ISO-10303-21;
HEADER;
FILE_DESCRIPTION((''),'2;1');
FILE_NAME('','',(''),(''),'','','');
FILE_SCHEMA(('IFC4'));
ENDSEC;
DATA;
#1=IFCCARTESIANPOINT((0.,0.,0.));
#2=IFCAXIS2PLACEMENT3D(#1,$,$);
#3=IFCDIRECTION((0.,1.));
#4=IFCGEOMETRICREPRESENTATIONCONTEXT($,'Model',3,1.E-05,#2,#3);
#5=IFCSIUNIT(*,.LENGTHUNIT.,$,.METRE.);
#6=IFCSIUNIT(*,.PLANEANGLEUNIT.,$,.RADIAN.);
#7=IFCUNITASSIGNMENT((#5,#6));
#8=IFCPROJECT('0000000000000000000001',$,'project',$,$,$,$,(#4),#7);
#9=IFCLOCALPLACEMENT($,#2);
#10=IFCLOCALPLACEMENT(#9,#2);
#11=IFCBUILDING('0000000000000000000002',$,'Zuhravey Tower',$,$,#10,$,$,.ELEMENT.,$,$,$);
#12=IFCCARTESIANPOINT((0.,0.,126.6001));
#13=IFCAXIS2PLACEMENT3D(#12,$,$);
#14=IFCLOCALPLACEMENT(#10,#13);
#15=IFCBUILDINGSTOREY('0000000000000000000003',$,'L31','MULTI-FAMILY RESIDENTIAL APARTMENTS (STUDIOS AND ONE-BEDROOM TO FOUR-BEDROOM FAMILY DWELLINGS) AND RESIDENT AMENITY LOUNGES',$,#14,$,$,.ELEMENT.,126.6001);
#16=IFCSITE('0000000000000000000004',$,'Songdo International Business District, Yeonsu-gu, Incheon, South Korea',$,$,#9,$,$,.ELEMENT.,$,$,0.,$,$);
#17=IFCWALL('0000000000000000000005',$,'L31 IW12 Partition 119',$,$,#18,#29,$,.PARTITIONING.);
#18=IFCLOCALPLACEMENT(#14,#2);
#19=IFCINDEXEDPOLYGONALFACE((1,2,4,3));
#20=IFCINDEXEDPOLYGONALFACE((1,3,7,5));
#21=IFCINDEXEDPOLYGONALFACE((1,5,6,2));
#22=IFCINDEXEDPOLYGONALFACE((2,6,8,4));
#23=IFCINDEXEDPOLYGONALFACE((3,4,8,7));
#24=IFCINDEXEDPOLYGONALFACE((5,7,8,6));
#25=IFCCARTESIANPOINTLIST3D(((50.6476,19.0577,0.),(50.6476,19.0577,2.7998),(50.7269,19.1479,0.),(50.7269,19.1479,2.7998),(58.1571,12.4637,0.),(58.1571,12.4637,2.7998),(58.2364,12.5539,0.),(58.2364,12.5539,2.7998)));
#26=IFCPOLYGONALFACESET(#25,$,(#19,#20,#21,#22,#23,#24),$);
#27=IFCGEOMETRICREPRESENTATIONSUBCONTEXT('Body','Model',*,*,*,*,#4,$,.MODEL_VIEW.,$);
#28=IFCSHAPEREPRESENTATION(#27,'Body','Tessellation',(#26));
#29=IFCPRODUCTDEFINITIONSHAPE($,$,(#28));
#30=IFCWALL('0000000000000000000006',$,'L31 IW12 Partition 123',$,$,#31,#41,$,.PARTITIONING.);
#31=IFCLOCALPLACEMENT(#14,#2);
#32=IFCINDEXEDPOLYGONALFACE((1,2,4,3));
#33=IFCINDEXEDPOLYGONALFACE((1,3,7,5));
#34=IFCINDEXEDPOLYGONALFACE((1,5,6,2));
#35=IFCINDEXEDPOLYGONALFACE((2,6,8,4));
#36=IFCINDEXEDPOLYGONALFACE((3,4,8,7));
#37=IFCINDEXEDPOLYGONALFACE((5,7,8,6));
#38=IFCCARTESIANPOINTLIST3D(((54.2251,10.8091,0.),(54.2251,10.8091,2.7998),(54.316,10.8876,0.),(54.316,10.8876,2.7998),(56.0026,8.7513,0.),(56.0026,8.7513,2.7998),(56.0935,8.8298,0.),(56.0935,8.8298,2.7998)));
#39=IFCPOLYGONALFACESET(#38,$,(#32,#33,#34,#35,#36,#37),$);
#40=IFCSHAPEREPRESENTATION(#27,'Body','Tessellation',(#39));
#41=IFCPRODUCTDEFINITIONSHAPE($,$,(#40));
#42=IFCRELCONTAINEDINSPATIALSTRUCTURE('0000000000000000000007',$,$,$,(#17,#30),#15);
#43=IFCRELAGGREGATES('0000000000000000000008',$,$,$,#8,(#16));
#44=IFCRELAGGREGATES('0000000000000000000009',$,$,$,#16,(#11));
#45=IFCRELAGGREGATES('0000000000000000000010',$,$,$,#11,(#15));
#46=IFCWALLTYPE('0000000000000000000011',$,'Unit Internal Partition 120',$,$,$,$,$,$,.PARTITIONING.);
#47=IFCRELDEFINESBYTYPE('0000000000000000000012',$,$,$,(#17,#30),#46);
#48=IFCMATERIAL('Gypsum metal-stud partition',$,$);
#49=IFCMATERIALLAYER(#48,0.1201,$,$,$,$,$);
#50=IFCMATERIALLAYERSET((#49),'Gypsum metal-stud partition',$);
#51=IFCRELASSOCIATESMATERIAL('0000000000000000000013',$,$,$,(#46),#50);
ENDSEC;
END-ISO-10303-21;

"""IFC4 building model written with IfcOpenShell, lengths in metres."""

from ifc_helpers import new_model, si_unit, direction, frame, frame_2d, origin, place, context, subcontext, project, spatial, rectangle, extrude, material, layer, layer_set, type_object, element, save


model = new_model("IFC4")

# Units and contexts
model_context = context("Model", 3, precision=1e-05, world=origin(), true_north=direction((0.0, 1.0)))
body_context = subcontext(model_context, "Body", "Model", "MODEL_VIEW")
ifc_project = project(units=[si_unit("LENGTHUNIT", "METRE"), si_unit("PLANEANGLEUNIT", "RADIAN")], contexts=[model_context])

# Site, building, storey
site_placement = place(None, origin())
site = spatial("IfcSite", under=ifc_project, at=site_placement, Name="Songdo International Business District, Yeonsu-gu, Incheon, South Korea", CompositionType="ELEMENT", RefElevation=0.0)
building_placement = place(site_placement, origin())
building = spatial("IfcBuilding", under=site, at=building_placement, Name="Zuhravey Tower", CompositionType="ELEMENT")
storey_placement = place(building_placement, frame((0.0, 0.0, 126.6001)))
storey = spatial("IfcBuildingStorey", under=building, at=storey_placement, Name="L31", Description="MULTI-FAMILY RESIDENTIAL APARTMENTS (STUDIOS AND ONE-BEDROOM TO FOUR-BEDROOM FAMILY DWELLINGS) AND RESIDENT AMENITY LOUNGES", CompositionType="ELEMENT", Elevation=126.6001)

# Walls
ifc_material_1 = material(Name="Gypsum metal-stud partition")
ifc_layer_1 = layer(ifc_material_1, 0.1201)
ifc_layer_set_1 = layer_set([ifc_layer_1], Name="Gypsum metal-stud partition")
wall_type_1 = type_object("IfcWallType", Name="Unit Internal Partition 120", PredefinedType="PARTITIONING", material=ifc_layer_set_1)
wall_1_placement = place(storey_placement, frame((50.6873, 19.1028, 0.0), z_axis=(0.0, 0.0, 1.0), x_axis=(0.751427, -0.659816, 0.0)))
element("IfcWall", 1, at=wall_1_placement, inside=storey, type_object=wall_type_1, Name="L31 IW12 Partition 119", PredefinedType="PARTITIONING", context=body_context, shape_type="SweptSolid", body=[
    extrude(rectangle(XDim=9.9937, YDim=0.1201, at=frame_2d((4.9968, 0.0))), origin(), (0.0, 0.0, 1.0), 2.7998),
])
wall_2_placement = place(storey_placement, frame((54.2705, 10.8484, 0.0), z_axis=(0.0, 0.0, 1.0), x_axis=(0.653692, -0.75676, 0.0)))
element("IfcWall", 2, at=wall_2_placement, inside=storey, type_object=wall_type_1, Name="L31 IW12 Partition 123", PredefinedType="PARTITIONING", context=body_context, shape_type="SweptSolid", body=[
    extrude(rectangle(XDim=2.7192, YDim=0.1201, at=frame_2d((1.3596, 0.0))), origin(), (0.0, 0.0, 1.0), 2.7998),
])

save(model, "model.ifc")
